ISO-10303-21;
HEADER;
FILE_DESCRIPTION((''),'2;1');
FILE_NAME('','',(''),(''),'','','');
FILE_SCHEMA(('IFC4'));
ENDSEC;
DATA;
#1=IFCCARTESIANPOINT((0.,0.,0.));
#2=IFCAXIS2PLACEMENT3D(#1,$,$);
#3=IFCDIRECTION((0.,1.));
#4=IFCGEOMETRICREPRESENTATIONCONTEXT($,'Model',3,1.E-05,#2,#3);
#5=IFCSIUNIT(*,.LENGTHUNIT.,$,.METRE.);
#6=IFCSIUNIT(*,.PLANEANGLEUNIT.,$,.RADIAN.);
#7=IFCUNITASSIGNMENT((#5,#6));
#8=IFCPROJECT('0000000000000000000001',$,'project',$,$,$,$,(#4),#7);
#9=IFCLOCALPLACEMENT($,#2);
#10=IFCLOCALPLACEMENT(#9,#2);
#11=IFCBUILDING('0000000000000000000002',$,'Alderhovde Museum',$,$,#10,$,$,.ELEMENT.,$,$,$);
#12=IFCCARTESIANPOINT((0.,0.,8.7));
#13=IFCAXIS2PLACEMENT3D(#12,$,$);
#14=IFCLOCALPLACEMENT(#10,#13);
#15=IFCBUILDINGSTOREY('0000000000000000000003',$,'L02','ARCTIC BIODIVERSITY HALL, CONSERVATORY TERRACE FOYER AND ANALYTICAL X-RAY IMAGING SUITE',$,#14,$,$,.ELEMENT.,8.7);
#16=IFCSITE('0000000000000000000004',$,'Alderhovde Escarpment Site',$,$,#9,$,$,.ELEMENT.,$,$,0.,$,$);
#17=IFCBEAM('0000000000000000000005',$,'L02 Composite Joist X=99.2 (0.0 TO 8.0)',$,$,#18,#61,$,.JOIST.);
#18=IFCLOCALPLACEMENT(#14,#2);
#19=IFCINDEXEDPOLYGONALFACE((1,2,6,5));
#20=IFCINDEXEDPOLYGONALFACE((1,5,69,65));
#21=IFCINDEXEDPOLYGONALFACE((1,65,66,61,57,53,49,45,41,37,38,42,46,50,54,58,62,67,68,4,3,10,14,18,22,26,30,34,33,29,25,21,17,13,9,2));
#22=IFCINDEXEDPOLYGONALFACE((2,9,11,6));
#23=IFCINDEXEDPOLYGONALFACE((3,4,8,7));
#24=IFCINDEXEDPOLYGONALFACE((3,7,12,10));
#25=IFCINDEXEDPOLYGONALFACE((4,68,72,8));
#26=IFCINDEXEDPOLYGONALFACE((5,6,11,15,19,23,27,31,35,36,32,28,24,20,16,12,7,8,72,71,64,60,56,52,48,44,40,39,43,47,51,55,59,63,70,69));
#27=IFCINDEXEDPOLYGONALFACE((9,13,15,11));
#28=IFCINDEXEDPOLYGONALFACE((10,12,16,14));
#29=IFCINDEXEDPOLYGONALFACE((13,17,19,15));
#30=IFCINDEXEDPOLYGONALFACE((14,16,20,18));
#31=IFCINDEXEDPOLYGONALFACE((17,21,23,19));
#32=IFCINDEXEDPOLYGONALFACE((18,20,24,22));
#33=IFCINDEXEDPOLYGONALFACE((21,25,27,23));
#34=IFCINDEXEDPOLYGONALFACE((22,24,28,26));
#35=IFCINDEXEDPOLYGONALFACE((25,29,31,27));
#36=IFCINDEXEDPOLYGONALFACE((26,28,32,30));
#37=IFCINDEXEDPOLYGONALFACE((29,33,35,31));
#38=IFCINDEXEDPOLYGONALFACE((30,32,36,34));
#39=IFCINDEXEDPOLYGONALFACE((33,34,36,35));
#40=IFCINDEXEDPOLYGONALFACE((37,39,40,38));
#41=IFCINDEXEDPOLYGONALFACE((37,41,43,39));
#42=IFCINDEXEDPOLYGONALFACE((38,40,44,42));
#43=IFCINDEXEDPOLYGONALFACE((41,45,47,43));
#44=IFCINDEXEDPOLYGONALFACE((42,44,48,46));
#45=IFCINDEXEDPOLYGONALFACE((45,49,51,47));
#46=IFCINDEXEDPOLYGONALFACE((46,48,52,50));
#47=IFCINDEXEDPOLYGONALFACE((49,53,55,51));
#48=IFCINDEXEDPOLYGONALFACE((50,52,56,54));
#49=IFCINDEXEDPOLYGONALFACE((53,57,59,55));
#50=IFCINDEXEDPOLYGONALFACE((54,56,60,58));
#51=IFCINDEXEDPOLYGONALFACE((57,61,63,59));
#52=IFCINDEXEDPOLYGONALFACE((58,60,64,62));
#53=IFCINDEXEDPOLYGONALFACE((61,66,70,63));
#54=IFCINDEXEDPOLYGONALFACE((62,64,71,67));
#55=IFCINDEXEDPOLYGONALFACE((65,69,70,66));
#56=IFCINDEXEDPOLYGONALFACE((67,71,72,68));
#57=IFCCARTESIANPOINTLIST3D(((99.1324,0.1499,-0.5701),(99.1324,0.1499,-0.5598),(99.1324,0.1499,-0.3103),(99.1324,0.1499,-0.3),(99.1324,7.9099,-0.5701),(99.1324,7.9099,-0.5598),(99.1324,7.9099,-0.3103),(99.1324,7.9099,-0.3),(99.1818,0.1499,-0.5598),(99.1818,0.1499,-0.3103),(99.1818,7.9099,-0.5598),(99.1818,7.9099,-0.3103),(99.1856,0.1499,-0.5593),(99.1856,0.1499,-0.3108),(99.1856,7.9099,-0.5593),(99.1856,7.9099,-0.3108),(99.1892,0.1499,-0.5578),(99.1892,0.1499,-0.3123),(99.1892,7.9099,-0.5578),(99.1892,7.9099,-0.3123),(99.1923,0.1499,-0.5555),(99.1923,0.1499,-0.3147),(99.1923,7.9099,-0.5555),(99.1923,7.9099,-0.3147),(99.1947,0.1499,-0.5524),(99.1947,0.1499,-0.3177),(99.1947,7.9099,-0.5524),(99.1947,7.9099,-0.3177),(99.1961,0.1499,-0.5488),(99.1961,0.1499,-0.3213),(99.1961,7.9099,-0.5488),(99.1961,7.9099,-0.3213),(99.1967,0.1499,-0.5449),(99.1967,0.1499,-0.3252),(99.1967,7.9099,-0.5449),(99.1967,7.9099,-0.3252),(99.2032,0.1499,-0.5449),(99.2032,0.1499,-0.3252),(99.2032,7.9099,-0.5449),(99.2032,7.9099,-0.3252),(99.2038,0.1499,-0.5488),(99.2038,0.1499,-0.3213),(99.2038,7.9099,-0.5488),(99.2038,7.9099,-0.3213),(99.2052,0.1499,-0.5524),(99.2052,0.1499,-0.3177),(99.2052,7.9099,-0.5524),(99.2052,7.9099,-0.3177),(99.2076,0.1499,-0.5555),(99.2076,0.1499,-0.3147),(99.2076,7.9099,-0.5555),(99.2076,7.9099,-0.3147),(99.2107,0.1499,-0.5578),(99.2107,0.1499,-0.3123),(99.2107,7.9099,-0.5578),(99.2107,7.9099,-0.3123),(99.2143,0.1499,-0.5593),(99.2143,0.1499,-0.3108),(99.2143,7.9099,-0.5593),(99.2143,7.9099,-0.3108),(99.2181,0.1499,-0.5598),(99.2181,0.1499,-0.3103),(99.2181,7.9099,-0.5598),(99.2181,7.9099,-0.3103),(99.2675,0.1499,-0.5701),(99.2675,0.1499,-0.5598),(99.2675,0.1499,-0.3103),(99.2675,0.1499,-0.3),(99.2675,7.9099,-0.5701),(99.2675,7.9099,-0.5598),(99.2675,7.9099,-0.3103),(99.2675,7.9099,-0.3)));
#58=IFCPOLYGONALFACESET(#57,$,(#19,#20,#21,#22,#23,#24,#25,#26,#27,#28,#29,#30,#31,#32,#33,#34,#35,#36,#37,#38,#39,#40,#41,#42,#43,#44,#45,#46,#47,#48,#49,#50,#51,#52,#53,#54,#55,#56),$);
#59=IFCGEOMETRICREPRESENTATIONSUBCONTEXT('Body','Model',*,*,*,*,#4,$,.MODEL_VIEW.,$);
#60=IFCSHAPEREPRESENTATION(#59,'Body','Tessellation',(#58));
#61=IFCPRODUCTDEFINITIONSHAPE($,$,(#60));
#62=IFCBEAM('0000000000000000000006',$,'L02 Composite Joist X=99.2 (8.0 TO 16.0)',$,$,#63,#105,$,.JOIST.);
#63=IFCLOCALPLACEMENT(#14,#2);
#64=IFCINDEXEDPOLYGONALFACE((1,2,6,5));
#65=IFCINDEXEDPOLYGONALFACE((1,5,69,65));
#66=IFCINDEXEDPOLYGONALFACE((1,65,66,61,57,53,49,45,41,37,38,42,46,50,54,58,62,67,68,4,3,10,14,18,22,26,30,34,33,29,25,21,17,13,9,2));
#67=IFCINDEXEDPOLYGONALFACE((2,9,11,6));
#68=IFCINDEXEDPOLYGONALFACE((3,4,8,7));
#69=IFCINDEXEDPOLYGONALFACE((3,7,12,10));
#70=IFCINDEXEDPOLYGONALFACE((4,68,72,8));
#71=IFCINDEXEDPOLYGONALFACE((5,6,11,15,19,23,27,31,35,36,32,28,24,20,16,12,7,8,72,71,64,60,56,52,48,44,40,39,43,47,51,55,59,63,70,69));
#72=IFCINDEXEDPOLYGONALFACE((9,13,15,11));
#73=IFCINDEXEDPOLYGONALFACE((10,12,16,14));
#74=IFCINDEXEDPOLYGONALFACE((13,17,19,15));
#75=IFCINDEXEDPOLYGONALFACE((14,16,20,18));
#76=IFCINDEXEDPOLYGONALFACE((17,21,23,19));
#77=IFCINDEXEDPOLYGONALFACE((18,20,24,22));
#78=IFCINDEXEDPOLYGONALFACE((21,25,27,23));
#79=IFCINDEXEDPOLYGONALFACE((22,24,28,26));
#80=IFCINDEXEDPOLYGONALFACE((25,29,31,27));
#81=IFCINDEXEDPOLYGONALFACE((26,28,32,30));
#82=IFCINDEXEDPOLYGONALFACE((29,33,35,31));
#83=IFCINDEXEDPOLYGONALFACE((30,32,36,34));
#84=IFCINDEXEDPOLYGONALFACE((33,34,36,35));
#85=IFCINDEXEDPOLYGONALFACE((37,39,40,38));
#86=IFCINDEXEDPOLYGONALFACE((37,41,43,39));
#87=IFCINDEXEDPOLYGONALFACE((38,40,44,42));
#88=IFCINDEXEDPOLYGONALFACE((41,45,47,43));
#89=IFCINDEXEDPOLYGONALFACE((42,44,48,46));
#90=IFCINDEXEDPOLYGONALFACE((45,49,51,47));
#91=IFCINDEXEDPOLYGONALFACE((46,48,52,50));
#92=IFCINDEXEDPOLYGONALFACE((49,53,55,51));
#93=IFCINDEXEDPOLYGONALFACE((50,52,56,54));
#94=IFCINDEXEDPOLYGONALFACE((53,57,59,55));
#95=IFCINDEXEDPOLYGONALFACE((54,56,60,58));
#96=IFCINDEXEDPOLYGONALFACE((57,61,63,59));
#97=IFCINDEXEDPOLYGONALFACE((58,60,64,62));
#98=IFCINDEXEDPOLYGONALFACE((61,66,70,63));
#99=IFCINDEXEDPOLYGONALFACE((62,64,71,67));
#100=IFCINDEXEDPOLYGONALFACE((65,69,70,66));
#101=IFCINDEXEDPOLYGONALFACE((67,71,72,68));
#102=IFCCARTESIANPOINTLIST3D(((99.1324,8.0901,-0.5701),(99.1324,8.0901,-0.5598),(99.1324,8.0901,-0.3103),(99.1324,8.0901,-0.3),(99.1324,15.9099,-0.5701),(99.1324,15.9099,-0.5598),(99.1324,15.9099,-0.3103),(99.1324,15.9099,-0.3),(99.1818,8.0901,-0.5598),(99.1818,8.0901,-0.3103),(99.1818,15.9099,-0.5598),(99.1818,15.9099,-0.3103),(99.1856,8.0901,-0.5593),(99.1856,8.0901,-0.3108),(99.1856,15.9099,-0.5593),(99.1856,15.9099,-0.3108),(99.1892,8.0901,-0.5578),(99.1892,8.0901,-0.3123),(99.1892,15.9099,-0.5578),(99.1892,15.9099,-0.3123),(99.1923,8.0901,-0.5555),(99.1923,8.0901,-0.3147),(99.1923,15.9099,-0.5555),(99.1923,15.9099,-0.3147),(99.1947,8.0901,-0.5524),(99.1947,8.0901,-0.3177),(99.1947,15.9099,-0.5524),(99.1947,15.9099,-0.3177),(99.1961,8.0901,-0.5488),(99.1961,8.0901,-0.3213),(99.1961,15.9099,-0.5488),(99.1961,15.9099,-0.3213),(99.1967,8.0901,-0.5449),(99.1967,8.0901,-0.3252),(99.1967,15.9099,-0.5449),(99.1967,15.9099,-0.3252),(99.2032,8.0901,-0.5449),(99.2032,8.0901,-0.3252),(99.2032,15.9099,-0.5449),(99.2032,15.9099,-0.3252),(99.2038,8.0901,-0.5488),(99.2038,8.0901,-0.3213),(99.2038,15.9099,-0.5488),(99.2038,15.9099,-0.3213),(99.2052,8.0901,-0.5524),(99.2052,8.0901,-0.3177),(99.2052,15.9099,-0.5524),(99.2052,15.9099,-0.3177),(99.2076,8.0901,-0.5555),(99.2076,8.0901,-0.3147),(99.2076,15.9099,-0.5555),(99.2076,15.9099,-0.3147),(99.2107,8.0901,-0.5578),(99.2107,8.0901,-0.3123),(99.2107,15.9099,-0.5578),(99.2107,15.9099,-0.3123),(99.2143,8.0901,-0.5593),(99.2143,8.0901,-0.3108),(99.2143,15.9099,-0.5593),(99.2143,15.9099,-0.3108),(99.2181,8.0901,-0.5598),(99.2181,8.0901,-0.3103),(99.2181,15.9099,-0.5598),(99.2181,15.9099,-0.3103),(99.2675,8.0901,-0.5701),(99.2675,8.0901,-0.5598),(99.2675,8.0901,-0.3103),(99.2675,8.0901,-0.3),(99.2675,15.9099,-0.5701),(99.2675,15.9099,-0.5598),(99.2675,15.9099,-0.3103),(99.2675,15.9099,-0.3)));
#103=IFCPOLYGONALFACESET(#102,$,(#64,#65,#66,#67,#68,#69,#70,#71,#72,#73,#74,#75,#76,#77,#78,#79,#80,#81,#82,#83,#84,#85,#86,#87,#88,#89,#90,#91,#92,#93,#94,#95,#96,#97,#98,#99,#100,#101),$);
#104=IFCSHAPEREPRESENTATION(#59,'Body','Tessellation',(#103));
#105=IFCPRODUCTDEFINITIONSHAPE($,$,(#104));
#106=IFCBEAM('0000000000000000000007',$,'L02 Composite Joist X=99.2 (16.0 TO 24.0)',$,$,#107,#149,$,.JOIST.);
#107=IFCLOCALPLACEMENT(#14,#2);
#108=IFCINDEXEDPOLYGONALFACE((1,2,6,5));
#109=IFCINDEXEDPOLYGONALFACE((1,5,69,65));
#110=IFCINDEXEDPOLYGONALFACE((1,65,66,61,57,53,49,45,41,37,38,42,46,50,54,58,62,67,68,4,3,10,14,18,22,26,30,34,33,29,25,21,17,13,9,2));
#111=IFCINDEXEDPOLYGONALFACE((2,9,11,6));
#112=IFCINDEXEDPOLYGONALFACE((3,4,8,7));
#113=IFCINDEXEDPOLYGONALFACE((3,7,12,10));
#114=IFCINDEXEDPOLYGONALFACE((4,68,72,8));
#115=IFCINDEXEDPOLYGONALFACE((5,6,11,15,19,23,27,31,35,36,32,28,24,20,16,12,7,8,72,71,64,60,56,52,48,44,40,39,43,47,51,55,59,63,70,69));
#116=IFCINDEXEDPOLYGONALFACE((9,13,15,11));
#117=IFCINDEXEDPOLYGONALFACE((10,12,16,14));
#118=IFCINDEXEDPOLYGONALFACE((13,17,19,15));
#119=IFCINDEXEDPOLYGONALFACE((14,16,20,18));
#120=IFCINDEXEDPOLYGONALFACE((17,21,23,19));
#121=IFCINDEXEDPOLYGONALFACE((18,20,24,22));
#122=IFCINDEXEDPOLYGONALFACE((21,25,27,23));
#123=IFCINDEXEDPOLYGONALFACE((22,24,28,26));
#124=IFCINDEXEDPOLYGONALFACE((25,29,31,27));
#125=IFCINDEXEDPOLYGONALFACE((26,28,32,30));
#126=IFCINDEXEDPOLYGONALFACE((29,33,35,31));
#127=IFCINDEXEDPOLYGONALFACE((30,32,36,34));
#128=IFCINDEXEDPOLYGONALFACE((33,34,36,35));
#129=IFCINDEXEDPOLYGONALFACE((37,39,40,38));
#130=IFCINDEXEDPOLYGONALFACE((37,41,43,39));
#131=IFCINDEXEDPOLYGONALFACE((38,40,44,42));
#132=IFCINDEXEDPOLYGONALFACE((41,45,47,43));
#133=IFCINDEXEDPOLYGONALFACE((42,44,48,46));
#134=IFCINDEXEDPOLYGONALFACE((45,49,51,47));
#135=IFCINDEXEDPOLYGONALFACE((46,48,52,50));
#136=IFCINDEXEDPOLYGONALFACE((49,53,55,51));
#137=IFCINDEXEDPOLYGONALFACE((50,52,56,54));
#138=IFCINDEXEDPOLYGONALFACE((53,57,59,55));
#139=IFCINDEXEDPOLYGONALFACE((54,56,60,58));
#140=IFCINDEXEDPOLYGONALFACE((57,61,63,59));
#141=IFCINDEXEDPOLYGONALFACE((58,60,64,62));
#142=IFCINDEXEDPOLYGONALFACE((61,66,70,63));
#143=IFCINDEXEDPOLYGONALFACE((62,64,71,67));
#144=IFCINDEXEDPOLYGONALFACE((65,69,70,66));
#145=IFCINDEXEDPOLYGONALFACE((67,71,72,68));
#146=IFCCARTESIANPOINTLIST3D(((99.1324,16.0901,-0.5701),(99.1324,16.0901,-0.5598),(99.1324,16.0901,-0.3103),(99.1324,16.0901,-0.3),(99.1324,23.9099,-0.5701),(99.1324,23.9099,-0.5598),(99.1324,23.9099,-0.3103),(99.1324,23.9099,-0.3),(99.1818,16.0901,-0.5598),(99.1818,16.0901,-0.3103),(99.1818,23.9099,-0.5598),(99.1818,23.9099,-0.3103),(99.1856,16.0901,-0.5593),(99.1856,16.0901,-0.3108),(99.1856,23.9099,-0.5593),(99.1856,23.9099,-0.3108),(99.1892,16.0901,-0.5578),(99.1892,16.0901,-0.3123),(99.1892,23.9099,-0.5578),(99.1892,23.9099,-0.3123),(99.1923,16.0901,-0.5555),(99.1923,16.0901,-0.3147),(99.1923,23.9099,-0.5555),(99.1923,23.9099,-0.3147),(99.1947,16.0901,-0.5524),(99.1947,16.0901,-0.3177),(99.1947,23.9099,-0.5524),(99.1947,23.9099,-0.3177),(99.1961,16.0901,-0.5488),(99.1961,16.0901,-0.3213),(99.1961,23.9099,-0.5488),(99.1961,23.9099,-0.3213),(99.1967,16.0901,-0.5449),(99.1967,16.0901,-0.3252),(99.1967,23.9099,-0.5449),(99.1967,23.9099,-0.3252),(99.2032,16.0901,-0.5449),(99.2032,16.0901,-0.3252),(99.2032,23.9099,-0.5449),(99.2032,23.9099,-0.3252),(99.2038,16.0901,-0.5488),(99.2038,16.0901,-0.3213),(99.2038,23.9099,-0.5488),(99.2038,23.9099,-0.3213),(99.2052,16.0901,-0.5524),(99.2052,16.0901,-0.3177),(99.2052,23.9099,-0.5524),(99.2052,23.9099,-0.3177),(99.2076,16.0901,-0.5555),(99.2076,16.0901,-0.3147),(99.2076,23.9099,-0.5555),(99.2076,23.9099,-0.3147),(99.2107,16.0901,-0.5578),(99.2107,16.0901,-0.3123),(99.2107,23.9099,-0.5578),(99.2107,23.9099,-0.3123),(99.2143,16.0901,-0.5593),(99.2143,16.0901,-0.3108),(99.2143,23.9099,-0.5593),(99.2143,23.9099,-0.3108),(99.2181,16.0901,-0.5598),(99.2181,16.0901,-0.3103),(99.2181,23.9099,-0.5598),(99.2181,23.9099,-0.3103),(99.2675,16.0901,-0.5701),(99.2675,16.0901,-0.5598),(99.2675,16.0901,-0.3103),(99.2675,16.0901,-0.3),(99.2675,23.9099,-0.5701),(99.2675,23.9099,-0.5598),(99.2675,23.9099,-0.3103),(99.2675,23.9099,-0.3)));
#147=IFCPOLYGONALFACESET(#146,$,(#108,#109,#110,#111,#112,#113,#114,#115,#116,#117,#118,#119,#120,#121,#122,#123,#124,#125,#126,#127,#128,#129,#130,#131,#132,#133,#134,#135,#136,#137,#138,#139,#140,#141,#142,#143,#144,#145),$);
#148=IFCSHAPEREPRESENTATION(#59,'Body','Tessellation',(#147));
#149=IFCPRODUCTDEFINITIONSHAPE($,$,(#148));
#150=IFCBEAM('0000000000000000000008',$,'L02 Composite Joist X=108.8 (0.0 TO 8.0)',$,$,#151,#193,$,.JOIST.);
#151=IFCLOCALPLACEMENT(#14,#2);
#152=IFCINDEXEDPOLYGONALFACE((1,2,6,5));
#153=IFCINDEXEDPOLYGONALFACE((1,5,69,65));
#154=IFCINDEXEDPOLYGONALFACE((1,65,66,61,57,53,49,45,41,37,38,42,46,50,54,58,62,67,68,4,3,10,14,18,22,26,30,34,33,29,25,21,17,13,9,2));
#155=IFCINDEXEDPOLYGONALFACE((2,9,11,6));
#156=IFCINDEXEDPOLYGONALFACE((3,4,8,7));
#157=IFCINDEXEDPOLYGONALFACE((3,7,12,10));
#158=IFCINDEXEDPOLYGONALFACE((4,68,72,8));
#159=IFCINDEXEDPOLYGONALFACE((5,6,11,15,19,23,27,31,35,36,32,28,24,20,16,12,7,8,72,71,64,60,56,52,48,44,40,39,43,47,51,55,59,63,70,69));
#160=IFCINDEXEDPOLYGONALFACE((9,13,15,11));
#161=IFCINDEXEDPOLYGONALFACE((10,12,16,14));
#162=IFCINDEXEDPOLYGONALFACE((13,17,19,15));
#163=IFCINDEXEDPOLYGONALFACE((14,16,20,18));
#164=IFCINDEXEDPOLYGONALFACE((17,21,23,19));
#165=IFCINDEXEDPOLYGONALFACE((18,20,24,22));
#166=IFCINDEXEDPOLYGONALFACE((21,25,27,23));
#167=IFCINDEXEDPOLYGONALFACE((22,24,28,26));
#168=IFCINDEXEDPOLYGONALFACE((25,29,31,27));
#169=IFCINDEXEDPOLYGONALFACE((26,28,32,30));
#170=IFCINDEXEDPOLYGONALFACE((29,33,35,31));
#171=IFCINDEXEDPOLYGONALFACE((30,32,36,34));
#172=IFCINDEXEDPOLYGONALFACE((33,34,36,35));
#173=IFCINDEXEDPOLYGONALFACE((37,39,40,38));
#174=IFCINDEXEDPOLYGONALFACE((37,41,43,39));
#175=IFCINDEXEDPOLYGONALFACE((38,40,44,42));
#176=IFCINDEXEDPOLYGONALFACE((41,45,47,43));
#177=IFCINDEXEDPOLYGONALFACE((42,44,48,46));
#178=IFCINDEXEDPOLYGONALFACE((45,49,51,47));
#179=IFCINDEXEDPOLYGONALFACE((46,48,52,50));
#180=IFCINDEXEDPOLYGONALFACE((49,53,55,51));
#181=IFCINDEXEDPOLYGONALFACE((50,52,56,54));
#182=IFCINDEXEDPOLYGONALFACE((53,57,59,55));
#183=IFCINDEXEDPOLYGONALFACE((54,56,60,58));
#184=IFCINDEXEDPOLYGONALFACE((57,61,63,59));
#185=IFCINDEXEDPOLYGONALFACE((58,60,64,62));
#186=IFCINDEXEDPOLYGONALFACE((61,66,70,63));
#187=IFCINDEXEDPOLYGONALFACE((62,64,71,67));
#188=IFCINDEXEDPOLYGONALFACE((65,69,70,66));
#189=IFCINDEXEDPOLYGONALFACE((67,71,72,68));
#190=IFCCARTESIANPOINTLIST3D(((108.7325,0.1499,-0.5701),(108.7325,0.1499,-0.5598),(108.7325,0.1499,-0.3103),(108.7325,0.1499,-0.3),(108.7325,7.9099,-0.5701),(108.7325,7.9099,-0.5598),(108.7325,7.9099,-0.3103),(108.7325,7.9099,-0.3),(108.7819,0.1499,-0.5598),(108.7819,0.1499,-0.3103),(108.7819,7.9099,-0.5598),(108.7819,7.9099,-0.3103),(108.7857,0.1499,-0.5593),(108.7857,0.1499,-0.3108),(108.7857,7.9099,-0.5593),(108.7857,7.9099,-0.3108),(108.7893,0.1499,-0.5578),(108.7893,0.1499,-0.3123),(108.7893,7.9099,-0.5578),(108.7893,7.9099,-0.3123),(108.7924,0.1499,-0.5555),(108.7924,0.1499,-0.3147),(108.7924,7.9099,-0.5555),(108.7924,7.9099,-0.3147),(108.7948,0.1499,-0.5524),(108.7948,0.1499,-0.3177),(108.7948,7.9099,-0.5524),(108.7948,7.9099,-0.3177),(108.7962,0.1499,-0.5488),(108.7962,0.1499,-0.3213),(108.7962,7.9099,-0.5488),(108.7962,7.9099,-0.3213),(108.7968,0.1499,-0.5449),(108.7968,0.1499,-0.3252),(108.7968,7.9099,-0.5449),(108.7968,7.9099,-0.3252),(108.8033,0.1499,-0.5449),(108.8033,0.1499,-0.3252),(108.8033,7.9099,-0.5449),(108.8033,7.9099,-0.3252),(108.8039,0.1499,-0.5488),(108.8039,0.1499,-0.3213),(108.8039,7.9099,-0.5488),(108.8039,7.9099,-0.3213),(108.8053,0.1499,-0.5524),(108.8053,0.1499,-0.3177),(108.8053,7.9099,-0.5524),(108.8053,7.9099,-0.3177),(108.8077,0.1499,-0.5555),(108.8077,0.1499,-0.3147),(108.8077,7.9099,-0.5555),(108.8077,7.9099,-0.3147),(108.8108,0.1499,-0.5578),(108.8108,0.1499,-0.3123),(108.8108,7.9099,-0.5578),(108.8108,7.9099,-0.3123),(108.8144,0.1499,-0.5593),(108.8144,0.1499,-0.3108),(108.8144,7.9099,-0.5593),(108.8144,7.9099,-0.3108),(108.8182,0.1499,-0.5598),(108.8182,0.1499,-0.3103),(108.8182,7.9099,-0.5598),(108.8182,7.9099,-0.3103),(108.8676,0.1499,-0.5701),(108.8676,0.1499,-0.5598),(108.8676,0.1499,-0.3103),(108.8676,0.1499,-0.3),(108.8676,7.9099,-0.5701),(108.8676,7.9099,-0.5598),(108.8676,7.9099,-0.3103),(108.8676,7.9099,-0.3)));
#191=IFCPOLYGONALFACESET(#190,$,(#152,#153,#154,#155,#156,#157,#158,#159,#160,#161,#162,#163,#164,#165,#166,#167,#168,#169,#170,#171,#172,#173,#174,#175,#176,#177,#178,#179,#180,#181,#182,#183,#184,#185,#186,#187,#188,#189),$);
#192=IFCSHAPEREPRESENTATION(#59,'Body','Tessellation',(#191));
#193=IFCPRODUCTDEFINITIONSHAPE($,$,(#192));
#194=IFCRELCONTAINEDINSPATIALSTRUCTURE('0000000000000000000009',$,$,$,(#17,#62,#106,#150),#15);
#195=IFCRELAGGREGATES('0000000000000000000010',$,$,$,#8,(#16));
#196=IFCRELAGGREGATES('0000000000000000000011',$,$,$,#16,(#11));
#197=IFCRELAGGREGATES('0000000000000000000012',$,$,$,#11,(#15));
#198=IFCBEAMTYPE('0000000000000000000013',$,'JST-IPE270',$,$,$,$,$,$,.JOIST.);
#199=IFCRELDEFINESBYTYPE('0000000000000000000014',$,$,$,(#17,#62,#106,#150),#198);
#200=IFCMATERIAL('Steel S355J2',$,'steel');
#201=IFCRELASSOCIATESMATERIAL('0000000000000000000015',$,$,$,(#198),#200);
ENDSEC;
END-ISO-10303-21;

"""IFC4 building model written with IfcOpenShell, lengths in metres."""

from ifc_helpers import new_model, si_unit, direction, frame, origin, origin_2d, place, context, subcontext, project, spatial, i_section, extrude, material, material_profile, profile_set, type_object, element, save


model = new_model("IFC4")

# Units and contexts
model_context = context("Model", 3, precision=1e-05, world=origin(), true_north=direction((0.0, 1.0)))
body_context = subcontext(model_context, "Body", "Model", "MODEL_VIEW")
ifc_project = project(units=[si_unit("LENGTHUNIT", "METRE"), si_unit("PLANEANGLEUNIT", "RADIAN")], contexts=[model_context])

# Site, building, storey
site_placement = place(None, origin())
site = spatial("IfcSite", under=ifc_project, at=site_placement, Name="Alderhovde Escarpment Site", CompositionType="ELEMENT", RefElevation=0.0)
building_placement = place(site_placement, origin())
building = spatial("IfcBuilding", under=site, at=building_placement, Name="Alderhovde Museum", CompositionType="ELEMENT")
storey_placement = place(building_placement, frame((0.0, 0.0, 8.7)))
storey = spatial("IfcBuildingStorey", under=building, at=storey_placement, Name="L02", Description="ARCTIC BIODIVERSITY HALL, CONSERVATORY TERRACE FOYER AND ANALYTICAL X-RAY IMAGING SUITE", CompositionType="ELEMENT", Elevation=8.7)

# Beams
ifc_material_1 = material(Name="Steel S355J2", Category="steel")
ifc_material_profile_1 = material_profile(ifc_material_1, i_section(OverallWidth=0.135, OverallDepth=0.27, WebThickness=0.0066, FlangeThickness=0.0103, FilletRadius=0.0149, at=origin_2d()), Name="IPE 270")
ifc_profile_set_1 = profile_set([ifc_material_profile_1], Name="Steel S355J2")
beam_type_1 = type_object("IfcBeamType", Name="JST-IPE270", PredefinedType="JOIST", material=ifc_profile_set_1)
beam_1_placement = place(storey_placement, frame((99.2, 0.1499, -0.4351), z_axis=(0.0, 1.0, 0.0), x_axis=(-1.0, 0.0, 0.0)))
element("IfcBeam", 1, at=beam_1_placement, inside=storey, type_object=beam_type_1, Name="L02 Composite Joist X=99.2 (0.0 TO 8.0)", PredefinedType="JOIST", context=body_context, shape_type="SweptSolid", body=[
    extrude(i_section(OverallWidth=0.135, OverallDepth=0.27, WebThickness=0.0066, FlangeThickness=0.0103, FilletRadius=0.0149, at=origin_2d()), origin(), (0.0, 0.0, 1.0), 7.76),
])
for number, where, z_axis, x_axis, name in (
    (2, (99.2, 8.0901, -0.4351), (0.0, 1.0, 0.0), (-1.0, 0.0, 0.0), "L02 Composite Joist X=99.2 (8.0 TO 16.0)"),
    (3, (99.2, 16.0901, -0.4351), (0.0, 1.0, 0.0), (-1.0, 0.0, 0.0), "L02 Composite Joist X=99.2 (16.0 TO 24.0)"),
):
    element("IfcBeam", number, at=place(storey_placement, frame(where, z_axis=z_axis, x_axis=x_axis)), inside=storey, type_object=beam_type_1, Name=name, PredefinedType="JOIST", context=body_context, shape_type="SweptSolid", body=[
        extrude(i_section(OverallWidth=0.135, OverallDepth=0.27, WebThickness=0.0066, FlangeThickness=0.0103, FilletRadius=0.0149, at=origin_2d()), origin(), (0.0, 0.0, 1.0), 7.8198),
    ])
beam_2_placement = place(storey_placement, frame((108.8, 0.1499, -0.4351), z_axis=(0.0, 1.0, 0.0), x_axis=(-1.0, 0.0, 0.0)))
element("IfcBeam", 4, at=beam_2_placement, inside=storey, type_object=beam_type_1, Name="L02 Composite Joist X=108.8 (0.0 TO 8.0)", PredefinedType="JOIST", context=body_context, shape_type="SweptSolid", body=[
    extrude(i_section(OverallWidth=0.135, OverallDepth=0.27, WebThickness=0.0066, FlangeThickness=0.0103, FilletRadius=0.0149, at=origin_2d()), origin(), (0.0, 0.0, 1.0), 7.76),
])

save(model, "model.ifc")
